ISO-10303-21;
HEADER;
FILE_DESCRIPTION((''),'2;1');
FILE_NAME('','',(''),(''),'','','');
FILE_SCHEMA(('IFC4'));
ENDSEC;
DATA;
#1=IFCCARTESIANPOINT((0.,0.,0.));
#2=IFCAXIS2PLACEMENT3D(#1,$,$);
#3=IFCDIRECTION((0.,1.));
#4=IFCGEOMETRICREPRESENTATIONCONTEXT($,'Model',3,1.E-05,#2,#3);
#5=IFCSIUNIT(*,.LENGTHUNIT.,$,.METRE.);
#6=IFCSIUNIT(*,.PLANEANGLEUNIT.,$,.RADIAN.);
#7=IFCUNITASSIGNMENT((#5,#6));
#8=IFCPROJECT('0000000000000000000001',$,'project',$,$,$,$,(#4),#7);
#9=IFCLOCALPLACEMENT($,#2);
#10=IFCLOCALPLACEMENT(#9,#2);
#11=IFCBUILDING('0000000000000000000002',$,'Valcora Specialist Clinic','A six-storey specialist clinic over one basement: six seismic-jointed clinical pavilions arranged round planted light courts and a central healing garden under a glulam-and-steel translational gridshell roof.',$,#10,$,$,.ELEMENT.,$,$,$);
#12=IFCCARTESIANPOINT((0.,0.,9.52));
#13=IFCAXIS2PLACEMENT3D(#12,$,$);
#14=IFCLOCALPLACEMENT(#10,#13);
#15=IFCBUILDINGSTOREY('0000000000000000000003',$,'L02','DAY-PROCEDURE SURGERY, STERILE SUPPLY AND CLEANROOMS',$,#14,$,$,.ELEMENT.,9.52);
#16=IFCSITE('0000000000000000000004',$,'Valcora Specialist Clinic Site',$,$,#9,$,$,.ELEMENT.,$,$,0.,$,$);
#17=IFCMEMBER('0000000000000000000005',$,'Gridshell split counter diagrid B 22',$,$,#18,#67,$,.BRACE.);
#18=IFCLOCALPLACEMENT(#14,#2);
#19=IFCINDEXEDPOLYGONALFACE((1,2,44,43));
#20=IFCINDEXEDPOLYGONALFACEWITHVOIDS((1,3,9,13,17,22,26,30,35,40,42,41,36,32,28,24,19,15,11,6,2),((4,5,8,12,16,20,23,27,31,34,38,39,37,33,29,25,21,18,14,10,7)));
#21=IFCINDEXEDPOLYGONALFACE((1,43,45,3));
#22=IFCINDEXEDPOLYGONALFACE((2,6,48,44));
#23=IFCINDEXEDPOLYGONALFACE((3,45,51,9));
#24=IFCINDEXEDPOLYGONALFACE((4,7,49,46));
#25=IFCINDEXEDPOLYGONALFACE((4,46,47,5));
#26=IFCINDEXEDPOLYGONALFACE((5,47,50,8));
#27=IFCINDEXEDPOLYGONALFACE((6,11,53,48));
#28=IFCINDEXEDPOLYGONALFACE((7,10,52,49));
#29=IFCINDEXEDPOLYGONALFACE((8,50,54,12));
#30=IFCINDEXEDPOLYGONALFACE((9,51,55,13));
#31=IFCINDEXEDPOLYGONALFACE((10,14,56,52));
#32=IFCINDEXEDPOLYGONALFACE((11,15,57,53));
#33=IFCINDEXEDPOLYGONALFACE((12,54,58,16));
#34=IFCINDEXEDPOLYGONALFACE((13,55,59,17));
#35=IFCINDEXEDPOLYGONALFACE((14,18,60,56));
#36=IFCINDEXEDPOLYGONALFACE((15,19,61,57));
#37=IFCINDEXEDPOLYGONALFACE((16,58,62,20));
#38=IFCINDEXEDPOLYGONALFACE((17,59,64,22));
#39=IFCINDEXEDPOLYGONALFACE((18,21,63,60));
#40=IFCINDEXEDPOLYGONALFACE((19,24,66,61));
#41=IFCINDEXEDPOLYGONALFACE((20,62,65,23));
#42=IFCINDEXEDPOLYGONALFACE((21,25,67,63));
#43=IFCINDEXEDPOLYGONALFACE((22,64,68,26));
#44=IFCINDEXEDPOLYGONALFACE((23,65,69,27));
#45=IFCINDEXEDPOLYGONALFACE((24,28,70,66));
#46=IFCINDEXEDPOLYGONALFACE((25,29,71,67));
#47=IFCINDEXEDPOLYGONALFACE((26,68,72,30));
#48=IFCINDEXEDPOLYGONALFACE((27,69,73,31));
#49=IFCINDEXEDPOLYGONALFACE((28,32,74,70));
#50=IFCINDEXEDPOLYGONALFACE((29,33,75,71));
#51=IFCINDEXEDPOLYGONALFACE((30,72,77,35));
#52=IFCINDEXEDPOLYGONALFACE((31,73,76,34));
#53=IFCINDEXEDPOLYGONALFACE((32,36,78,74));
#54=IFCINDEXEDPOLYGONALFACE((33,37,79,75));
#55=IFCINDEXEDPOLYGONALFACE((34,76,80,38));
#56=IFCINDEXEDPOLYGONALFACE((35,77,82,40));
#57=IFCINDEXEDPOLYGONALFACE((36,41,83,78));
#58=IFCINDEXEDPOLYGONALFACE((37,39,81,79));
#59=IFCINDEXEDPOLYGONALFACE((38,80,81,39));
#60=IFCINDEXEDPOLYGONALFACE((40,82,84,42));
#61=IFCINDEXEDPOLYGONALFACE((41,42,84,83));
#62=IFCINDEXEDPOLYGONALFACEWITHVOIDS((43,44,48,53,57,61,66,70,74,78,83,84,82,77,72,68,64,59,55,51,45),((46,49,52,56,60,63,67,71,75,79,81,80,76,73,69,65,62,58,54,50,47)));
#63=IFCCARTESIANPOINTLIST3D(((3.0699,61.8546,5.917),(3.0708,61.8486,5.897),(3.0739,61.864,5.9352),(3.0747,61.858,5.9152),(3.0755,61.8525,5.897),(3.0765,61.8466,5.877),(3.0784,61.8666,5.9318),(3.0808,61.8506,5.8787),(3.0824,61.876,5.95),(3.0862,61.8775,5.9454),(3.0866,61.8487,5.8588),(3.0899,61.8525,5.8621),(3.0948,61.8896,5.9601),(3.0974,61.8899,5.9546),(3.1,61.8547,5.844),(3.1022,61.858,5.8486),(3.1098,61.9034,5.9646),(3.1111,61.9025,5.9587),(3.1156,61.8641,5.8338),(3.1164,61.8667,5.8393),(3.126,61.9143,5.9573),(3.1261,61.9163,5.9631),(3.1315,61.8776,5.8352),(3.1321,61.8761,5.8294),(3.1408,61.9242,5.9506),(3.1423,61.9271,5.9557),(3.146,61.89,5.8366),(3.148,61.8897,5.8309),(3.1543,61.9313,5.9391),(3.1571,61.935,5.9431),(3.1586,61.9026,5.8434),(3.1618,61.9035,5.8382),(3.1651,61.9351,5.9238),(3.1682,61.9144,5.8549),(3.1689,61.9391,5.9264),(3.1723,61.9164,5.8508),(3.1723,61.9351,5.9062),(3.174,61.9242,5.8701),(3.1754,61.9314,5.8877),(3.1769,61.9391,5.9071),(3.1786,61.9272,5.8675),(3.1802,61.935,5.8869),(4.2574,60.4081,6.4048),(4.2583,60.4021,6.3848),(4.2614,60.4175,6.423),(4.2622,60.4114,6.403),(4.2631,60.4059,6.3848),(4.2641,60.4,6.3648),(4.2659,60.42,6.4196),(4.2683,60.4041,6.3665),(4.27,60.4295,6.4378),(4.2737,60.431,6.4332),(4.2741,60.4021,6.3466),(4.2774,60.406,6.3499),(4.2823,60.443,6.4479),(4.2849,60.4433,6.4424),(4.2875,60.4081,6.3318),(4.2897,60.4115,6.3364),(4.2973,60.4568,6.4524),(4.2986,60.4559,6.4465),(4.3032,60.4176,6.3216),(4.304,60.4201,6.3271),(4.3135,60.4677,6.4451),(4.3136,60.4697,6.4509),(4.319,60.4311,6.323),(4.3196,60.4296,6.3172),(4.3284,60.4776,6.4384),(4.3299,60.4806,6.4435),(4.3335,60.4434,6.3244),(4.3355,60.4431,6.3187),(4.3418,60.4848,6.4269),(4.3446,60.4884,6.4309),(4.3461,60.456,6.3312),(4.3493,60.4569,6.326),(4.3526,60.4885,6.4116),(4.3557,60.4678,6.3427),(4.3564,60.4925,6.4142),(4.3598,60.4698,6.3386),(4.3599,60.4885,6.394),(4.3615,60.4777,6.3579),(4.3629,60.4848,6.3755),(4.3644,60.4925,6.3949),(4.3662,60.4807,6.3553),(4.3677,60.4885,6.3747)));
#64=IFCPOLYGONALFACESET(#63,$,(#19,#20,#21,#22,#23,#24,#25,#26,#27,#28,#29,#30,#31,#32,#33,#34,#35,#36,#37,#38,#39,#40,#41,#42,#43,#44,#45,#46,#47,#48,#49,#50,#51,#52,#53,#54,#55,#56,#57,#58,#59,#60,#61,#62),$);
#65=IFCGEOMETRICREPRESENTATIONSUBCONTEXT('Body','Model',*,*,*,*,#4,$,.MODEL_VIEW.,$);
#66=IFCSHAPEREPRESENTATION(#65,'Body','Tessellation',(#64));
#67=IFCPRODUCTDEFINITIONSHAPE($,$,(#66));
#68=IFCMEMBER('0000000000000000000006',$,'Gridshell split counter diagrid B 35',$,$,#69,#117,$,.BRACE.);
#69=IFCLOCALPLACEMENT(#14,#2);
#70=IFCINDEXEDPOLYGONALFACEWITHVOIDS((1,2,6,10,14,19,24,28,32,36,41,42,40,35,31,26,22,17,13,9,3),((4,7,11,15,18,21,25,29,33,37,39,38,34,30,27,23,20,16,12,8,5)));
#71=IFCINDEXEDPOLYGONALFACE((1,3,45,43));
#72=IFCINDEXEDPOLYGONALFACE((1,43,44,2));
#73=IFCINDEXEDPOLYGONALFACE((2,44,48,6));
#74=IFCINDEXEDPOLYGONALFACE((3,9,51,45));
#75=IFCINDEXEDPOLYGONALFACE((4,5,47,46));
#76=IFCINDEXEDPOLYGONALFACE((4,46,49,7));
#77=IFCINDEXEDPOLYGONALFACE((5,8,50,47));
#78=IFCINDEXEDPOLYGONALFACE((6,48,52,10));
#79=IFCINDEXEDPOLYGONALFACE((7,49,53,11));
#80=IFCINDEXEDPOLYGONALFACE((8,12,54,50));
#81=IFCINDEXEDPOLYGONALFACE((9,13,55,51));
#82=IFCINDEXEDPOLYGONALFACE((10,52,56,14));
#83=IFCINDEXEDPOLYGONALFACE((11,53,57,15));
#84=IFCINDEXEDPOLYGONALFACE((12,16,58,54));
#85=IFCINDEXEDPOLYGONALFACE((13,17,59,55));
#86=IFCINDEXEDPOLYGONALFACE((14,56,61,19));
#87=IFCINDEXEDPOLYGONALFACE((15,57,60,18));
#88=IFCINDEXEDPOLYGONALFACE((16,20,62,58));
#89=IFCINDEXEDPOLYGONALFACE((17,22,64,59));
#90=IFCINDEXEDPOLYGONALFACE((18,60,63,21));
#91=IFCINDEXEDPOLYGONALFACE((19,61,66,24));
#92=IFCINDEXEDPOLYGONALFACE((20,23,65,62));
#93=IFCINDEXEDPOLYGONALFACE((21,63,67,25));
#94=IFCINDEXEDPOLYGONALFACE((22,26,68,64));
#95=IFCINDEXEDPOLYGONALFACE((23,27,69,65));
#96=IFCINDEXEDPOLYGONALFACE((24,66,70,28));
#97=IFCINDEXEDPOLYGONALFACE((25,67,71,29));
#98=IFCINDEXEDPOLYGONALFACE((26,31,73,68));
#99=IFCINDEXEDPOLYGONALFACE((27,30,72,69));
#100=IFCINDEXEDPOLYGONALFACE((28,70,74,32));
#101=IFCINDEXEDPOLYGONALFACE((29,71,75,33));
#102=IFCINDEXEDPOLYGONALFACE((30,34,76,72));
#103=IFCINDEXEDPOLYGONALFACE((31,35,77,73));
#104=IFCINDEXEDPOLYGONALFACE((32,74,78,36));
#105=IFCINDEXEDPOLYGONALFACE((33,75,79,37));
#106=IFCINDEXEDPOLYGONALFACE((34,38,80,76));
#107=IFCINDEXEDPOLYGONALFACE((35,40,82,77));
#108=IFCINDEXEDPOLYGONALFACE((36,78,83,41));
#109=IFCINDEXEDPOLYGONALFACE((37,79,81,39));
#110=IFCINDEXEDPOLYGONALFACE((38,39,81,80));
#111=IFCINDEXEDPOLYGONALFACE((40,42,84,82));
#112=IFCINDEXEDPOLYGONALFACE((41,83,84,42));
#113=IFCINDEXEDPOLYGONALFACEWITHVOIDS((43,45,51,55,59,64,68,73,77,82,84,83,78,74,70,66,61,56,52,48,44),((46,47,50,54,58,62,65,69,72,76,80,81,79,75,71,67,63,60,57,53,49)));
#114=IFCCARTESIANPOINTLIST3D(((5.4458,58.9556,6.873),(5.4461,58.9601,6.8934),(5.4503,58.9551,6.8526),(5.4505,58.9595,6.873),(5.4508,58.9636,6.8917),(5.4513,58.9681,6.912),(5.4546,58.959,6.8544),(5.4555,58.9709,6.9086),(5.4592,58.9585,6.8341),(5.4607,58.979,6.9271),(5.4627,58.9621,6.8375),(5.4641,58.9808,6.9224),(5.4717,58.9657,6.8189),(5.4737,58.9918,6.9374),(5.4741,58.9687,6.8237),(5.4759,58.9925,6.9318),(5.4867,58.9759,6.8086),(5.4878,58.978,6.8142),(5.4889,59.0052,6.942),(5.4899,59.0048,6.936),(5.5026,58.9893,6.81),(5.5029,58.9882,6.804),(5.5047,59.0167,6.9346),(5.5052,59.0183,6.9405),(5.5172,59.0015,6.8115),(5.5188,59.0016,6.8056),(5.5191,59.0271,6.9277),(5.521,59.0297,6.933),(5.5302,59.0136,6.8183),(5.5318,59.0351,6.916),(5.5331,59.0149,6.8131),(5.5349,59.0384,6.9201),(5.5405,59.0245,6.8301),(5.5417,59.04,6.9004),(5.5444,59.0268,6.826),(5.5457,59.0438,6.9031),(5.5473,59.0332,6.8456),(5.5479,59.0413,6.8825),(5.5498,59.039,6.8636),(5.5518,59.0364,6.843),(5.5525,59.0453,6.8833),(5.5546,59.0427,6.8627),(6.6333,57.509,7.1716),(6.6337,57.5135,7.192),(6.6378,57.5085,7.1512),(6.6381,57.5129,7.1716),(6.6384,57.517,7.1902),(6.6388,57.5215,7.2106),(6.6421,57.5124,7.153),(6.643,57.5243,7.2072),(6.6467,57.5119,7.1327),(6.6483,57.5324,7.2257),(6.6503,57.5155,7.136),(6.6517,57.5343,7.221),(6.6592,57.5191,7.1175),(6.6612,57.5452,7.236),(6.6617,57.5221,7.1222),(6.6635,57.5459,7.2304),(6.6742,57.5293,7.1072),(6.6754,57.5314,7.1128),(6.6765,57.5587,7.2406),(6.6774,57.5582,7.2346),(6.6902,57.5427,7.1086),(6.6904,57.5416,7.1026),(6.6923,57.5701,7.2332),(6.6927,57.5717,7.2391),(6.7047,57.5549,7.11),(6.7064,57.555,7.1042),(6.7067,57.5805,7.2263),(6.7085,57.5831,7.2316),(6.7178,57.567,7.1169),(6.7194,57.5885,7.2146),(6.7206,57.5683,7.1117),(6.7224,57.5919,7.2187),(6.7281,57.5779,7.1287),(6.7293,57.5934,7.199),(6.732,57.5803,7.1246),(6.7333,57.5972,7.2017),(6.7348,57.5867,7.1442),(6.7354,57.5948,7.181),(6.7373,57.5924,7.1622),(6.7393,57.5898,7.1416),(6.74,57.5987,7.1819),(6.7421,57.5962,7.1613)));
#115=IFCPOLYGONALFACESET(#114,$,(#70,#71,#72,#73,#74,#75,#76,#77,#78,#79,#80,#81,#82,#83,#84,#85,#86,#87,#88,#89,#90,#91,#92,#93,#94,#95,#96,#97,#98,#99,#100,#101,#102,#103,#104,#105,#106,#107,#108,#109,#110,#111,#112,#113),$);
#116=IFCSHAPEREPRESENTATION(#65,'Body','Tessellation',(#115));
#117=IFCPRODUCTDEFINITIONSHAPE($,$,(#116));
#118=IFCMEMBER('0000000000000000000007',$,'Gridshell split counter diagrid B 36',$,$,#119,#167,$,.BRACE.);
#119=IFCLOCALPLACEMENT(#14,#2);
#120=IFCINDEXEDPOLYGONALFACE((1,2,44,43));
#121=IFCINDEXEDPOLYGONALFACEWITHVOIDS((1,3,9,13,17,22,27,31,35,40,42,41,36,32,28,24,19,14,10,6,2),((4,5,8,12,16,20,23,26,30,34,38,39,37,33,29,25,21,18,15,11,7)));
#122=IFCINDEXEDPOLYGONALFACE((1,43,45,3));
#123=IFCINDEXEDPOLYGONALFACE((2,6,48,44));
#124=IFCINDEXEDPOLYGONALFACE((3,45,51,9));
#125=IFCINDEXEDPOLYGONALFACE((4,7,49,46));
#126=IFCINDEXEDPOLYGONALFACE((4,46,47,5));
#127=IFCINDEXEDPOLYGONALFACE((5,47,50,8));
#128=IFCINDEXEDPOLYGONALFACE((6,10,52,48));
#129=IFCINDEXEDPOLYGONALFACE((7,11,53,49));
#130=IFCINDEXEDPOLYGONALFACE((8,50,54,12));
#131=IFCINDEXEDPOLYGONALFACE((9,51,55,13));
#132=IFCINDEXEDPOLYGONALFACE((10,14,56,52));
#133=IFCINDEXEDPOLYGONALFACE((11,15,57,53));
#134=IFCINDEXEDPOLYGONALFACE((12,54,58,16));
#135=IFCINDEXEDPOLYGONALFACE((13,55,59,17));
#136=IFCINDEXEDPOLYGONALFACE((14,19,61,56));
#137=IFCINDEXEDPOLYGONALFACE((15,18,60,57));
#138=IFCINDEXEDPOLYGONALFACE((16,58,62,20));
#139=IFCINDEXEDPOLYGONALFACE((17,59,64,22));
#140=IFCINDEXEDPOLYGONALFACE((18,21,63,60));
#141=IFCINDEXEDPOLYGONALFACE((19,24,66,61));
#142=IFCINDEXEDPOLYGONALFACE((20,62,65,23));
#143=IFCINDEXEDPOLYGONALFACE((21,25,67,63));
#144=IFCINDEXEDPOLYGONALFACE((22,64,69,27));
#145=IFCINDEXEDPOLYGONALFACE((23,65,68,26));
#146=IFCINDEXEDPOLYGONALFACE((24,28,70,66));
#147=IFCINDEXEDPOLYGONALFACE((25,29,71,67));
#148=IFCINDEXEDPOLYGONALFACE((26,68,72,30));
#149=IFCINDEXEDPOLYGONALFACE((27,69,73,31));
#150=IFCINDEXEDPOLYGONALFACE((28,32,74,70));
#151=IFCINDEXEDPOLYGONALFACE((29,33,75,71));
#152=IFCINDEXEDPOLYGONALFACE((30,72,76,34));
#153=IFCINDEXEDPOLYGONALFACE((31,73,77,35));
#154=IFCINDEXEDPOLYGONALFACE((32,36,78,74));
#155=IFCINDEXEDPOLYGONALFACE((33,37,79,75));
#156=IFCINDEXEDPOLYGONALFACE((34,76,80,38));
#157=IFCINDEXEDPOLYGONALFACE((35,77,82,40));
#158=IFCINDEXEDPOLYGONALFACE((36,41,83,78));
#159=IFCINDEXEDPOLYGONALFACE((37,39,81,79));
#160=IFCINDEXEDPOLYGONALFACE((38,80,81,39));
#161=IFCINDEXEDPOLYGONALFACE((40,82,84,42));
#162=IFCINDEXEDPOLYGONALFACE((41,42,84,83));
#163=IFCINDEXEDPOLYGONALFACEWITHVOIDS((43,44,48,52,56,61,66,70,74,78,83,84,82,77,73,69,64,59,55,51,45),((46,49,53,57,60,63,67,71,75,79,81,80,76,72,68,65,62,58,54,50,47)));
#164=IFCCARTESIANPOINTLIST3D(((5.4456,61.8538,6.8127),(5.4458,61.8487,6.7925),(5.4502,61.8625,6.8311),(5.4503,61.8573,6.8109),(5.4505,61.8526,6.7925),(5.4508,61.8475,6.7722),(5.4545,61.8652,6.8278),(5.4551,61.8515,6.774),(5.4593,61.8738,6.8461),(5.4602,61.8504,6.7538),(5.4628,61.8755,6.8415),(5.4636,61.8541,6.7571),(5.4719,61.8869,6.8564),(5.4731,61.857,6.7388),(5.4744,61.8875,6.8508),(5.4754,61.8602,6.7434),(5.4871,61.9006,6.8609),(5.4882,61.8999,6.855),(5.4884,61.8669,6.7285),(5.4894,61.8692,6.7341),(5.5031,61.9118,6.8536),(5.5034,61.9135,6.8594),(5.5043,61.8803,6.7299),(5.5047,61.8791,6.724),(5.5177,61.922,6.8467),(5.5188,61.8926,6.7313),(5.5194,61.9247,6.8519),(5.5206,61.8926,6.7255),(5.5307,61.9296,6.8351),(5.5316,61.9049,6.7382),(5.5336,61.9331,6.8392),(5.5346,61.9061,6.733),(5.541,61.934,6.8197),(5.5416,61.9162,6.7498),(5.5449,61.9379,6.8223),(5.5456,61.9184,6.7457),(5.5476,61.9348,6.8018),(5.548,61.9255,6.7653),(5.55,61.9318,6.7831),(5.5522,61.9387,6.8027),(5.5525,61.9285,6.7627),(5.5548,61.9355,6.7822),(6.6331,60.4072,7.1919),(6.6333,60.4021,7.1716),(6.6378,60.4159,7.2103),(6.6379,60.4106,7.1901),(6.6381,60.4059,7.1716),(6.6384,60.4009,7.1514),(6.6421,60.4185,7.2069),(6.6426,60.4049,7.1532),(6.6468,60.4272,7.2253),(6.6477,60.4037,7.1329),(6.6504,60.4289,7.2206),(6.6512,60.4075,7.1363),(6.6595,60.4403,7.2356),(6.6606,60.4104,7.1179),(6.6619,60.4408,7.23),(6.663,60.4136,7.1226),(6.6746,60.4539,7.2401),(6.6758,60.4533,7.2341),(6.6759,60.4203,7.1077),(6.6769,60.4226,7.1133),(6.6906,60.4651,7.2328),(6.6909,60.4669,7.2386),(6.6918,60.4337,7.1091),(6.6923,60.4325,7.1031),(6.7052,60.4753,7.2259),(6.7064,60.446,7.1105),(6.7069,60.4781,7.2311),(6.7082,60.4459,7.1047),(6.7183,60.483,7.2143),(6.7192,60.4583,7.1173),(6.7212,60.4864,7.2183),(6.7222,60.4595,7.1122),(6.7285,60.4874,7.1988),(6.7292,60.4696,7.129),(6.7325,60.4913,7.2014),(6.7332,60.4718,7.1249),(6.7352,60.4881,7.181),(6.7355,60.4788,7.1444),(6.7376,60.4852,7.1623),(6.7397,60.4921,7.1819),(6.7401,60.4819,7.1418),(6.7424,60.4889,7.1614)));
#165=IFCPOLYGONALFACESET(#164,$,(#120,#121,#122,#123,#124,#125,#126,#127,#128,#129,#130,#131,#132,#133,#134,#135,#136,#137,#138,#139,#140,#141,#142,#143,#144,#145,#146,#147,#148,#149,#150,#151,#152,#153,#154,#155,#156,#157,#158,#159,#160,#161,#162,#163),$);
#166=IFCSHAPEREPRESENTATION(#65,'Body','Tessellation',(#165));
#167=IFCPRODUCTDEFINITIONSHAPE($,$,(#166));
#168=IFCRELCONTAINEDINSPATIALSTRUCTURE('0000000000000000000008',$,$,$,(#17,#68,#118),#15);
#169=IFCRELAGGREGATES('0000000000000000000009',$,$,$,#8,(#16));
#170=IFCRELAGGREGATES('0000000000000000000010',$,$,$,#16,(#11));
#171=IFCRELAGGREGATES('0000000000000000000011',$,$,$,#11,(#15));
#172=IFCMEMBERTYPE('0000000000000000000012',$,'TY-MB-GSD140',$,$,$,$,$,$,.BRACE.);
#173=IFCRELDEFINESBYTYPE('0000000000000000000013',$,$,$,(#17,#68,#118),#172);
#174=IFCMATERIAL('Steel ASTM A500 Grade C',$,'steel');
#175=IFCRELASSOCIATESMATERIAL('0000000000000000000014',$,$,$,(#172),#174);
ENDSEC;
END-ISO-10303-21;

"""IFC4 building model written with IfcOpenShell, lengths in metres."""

from ifc_helpers import new_model, si_unit, direction, frame, origin, origin_2d, place, context, subcontext, project, spatial, hollow_circle, extrude, material, material_profile, profile_set, type_object, element, save


model = new_model("IFC4")

# Units and contexts
model_context = context("Model", 3, precision=1e-05, world=origin(), true_north=direction((0.0, 1.0)))
body_context = subcontext(model_context, "Body", "Model", "MODEL_VIEW")
ifc_project = project(units=[si_unit("LENGTHUNIT", "METRE"), si_unit("PLANEANGLEUNIT", "RADIAN")], contexts=[model_context])

# Site, building, storey
site_placement = place(None, origin())
site = spatial("IfcSite", under=ifc_project, at=site_placement, Name="Valcora Specialist Clinic Site", CompositionType="ELEMENT", RefElevation=0.0)
building_placement = place(site_placement, origin())
building = spatial("IfcBuilding", under=site, at=building_placement, Name="Valcora Specialist Clinic", Description="A six-storey specialist clinic over one basement: six seismic-jointed clinical pavilions arranged round planted light courts and a central healing garden under a glulam-and-steel translational gridshell roof.", CompositionType="ELEMENT")
storey_placement = place(building_placement, frame((0.0, 0.0, 9.52)))
storey = spatial("IfcBuildingStorey", under=building, at=storey_placement, Name="L02", Description="DAY-PROCEDURE SURGERY, STERILE SUPPLY AND CLEANROOMS", CompositionType="ELEMENT", Elevation=9.52)

# Members
ifc_material_1 = material(Name="Steel ASTM A500 Grade C", Category="steel")
ifc_material_profile_1 = material_profile(ifc_material_1, hollow_circle(Radius=0.0701, WallThickness=0.0061, at=origin_2d()), Name="ST-CHS-140X6")
ifc_profile_set_1 = profile_set([ifc_material_profile_1], Name="Steel ASTM A500 Grade C")
member_type_1 = type_object("IfcMemberType", Name="TY-MB-GSD140", PredefinedType="BRACE", material=ifc_profile_set_1)
member_1_placement = place(storey_placement, frame((4.3125, 60.4465, 6.3848), z_axis=(-0.613996, 0.747929, -0.252213), x_axis=(-0.772916, -0.634508, 0.0)))
element("IfcMember", 1, at=member_1_placement, inside=storey, type_object=member_type_1, Name="Gridshell split counter diagrid B 22", PredefinedType="BRACE", context=body_context, shape_type="SweptSolid", body=[
    extrude(hollow_circle(Radius=0.0701, WallThickness=0.0061, at=origin_2d()), origin(), (0.0, 0.0, 1.0), 1.9341),
])
member_2_placement = place(storey_placement, frame((6.6875, 57.5535, 7.1716), z_axis=(-0.626584, 0.763263, -0.157548), x_axis=(-0.772916, -0.634508, 0.0)))
element("IfcMember", 2, at=member_2_placement, inside=storey, type_object=member_type_1, Name="Gridshell split counter diagrid B 35", PredefinedType="BRACE", context=body_context, shape_type="SweptSolid", body=[
    extrude(hollow_circle(Radius=0.0701, WallThickness=0.0061, at=origin_2d()), origin(), (0.0, 0.0, 1.0), 1.8953),
])
member_3_placement = place(storey_placement, frame((6.6875, 60.4465, 7.1716), z_axis=(-0.621875, 0.757527, -0.198555), x_axis=(-0.772916, -0.634508, 0.0)))
element("IfcMember", 3, at=member_3_placement, inside=storey, type_object=member_type_1, Name="Gridshell split counter diagrid B 36", PredefinedType="BRACE", context=body_context, shape_type="SweptSolid", body=[
    extrude(hollow_circle(Radius=0.0701, WallThickness=0.0061, at=origin_2d()), origin(), (0.0, 0.0, 1.0), 1.9097),
])

save(model, "model.ifc")
